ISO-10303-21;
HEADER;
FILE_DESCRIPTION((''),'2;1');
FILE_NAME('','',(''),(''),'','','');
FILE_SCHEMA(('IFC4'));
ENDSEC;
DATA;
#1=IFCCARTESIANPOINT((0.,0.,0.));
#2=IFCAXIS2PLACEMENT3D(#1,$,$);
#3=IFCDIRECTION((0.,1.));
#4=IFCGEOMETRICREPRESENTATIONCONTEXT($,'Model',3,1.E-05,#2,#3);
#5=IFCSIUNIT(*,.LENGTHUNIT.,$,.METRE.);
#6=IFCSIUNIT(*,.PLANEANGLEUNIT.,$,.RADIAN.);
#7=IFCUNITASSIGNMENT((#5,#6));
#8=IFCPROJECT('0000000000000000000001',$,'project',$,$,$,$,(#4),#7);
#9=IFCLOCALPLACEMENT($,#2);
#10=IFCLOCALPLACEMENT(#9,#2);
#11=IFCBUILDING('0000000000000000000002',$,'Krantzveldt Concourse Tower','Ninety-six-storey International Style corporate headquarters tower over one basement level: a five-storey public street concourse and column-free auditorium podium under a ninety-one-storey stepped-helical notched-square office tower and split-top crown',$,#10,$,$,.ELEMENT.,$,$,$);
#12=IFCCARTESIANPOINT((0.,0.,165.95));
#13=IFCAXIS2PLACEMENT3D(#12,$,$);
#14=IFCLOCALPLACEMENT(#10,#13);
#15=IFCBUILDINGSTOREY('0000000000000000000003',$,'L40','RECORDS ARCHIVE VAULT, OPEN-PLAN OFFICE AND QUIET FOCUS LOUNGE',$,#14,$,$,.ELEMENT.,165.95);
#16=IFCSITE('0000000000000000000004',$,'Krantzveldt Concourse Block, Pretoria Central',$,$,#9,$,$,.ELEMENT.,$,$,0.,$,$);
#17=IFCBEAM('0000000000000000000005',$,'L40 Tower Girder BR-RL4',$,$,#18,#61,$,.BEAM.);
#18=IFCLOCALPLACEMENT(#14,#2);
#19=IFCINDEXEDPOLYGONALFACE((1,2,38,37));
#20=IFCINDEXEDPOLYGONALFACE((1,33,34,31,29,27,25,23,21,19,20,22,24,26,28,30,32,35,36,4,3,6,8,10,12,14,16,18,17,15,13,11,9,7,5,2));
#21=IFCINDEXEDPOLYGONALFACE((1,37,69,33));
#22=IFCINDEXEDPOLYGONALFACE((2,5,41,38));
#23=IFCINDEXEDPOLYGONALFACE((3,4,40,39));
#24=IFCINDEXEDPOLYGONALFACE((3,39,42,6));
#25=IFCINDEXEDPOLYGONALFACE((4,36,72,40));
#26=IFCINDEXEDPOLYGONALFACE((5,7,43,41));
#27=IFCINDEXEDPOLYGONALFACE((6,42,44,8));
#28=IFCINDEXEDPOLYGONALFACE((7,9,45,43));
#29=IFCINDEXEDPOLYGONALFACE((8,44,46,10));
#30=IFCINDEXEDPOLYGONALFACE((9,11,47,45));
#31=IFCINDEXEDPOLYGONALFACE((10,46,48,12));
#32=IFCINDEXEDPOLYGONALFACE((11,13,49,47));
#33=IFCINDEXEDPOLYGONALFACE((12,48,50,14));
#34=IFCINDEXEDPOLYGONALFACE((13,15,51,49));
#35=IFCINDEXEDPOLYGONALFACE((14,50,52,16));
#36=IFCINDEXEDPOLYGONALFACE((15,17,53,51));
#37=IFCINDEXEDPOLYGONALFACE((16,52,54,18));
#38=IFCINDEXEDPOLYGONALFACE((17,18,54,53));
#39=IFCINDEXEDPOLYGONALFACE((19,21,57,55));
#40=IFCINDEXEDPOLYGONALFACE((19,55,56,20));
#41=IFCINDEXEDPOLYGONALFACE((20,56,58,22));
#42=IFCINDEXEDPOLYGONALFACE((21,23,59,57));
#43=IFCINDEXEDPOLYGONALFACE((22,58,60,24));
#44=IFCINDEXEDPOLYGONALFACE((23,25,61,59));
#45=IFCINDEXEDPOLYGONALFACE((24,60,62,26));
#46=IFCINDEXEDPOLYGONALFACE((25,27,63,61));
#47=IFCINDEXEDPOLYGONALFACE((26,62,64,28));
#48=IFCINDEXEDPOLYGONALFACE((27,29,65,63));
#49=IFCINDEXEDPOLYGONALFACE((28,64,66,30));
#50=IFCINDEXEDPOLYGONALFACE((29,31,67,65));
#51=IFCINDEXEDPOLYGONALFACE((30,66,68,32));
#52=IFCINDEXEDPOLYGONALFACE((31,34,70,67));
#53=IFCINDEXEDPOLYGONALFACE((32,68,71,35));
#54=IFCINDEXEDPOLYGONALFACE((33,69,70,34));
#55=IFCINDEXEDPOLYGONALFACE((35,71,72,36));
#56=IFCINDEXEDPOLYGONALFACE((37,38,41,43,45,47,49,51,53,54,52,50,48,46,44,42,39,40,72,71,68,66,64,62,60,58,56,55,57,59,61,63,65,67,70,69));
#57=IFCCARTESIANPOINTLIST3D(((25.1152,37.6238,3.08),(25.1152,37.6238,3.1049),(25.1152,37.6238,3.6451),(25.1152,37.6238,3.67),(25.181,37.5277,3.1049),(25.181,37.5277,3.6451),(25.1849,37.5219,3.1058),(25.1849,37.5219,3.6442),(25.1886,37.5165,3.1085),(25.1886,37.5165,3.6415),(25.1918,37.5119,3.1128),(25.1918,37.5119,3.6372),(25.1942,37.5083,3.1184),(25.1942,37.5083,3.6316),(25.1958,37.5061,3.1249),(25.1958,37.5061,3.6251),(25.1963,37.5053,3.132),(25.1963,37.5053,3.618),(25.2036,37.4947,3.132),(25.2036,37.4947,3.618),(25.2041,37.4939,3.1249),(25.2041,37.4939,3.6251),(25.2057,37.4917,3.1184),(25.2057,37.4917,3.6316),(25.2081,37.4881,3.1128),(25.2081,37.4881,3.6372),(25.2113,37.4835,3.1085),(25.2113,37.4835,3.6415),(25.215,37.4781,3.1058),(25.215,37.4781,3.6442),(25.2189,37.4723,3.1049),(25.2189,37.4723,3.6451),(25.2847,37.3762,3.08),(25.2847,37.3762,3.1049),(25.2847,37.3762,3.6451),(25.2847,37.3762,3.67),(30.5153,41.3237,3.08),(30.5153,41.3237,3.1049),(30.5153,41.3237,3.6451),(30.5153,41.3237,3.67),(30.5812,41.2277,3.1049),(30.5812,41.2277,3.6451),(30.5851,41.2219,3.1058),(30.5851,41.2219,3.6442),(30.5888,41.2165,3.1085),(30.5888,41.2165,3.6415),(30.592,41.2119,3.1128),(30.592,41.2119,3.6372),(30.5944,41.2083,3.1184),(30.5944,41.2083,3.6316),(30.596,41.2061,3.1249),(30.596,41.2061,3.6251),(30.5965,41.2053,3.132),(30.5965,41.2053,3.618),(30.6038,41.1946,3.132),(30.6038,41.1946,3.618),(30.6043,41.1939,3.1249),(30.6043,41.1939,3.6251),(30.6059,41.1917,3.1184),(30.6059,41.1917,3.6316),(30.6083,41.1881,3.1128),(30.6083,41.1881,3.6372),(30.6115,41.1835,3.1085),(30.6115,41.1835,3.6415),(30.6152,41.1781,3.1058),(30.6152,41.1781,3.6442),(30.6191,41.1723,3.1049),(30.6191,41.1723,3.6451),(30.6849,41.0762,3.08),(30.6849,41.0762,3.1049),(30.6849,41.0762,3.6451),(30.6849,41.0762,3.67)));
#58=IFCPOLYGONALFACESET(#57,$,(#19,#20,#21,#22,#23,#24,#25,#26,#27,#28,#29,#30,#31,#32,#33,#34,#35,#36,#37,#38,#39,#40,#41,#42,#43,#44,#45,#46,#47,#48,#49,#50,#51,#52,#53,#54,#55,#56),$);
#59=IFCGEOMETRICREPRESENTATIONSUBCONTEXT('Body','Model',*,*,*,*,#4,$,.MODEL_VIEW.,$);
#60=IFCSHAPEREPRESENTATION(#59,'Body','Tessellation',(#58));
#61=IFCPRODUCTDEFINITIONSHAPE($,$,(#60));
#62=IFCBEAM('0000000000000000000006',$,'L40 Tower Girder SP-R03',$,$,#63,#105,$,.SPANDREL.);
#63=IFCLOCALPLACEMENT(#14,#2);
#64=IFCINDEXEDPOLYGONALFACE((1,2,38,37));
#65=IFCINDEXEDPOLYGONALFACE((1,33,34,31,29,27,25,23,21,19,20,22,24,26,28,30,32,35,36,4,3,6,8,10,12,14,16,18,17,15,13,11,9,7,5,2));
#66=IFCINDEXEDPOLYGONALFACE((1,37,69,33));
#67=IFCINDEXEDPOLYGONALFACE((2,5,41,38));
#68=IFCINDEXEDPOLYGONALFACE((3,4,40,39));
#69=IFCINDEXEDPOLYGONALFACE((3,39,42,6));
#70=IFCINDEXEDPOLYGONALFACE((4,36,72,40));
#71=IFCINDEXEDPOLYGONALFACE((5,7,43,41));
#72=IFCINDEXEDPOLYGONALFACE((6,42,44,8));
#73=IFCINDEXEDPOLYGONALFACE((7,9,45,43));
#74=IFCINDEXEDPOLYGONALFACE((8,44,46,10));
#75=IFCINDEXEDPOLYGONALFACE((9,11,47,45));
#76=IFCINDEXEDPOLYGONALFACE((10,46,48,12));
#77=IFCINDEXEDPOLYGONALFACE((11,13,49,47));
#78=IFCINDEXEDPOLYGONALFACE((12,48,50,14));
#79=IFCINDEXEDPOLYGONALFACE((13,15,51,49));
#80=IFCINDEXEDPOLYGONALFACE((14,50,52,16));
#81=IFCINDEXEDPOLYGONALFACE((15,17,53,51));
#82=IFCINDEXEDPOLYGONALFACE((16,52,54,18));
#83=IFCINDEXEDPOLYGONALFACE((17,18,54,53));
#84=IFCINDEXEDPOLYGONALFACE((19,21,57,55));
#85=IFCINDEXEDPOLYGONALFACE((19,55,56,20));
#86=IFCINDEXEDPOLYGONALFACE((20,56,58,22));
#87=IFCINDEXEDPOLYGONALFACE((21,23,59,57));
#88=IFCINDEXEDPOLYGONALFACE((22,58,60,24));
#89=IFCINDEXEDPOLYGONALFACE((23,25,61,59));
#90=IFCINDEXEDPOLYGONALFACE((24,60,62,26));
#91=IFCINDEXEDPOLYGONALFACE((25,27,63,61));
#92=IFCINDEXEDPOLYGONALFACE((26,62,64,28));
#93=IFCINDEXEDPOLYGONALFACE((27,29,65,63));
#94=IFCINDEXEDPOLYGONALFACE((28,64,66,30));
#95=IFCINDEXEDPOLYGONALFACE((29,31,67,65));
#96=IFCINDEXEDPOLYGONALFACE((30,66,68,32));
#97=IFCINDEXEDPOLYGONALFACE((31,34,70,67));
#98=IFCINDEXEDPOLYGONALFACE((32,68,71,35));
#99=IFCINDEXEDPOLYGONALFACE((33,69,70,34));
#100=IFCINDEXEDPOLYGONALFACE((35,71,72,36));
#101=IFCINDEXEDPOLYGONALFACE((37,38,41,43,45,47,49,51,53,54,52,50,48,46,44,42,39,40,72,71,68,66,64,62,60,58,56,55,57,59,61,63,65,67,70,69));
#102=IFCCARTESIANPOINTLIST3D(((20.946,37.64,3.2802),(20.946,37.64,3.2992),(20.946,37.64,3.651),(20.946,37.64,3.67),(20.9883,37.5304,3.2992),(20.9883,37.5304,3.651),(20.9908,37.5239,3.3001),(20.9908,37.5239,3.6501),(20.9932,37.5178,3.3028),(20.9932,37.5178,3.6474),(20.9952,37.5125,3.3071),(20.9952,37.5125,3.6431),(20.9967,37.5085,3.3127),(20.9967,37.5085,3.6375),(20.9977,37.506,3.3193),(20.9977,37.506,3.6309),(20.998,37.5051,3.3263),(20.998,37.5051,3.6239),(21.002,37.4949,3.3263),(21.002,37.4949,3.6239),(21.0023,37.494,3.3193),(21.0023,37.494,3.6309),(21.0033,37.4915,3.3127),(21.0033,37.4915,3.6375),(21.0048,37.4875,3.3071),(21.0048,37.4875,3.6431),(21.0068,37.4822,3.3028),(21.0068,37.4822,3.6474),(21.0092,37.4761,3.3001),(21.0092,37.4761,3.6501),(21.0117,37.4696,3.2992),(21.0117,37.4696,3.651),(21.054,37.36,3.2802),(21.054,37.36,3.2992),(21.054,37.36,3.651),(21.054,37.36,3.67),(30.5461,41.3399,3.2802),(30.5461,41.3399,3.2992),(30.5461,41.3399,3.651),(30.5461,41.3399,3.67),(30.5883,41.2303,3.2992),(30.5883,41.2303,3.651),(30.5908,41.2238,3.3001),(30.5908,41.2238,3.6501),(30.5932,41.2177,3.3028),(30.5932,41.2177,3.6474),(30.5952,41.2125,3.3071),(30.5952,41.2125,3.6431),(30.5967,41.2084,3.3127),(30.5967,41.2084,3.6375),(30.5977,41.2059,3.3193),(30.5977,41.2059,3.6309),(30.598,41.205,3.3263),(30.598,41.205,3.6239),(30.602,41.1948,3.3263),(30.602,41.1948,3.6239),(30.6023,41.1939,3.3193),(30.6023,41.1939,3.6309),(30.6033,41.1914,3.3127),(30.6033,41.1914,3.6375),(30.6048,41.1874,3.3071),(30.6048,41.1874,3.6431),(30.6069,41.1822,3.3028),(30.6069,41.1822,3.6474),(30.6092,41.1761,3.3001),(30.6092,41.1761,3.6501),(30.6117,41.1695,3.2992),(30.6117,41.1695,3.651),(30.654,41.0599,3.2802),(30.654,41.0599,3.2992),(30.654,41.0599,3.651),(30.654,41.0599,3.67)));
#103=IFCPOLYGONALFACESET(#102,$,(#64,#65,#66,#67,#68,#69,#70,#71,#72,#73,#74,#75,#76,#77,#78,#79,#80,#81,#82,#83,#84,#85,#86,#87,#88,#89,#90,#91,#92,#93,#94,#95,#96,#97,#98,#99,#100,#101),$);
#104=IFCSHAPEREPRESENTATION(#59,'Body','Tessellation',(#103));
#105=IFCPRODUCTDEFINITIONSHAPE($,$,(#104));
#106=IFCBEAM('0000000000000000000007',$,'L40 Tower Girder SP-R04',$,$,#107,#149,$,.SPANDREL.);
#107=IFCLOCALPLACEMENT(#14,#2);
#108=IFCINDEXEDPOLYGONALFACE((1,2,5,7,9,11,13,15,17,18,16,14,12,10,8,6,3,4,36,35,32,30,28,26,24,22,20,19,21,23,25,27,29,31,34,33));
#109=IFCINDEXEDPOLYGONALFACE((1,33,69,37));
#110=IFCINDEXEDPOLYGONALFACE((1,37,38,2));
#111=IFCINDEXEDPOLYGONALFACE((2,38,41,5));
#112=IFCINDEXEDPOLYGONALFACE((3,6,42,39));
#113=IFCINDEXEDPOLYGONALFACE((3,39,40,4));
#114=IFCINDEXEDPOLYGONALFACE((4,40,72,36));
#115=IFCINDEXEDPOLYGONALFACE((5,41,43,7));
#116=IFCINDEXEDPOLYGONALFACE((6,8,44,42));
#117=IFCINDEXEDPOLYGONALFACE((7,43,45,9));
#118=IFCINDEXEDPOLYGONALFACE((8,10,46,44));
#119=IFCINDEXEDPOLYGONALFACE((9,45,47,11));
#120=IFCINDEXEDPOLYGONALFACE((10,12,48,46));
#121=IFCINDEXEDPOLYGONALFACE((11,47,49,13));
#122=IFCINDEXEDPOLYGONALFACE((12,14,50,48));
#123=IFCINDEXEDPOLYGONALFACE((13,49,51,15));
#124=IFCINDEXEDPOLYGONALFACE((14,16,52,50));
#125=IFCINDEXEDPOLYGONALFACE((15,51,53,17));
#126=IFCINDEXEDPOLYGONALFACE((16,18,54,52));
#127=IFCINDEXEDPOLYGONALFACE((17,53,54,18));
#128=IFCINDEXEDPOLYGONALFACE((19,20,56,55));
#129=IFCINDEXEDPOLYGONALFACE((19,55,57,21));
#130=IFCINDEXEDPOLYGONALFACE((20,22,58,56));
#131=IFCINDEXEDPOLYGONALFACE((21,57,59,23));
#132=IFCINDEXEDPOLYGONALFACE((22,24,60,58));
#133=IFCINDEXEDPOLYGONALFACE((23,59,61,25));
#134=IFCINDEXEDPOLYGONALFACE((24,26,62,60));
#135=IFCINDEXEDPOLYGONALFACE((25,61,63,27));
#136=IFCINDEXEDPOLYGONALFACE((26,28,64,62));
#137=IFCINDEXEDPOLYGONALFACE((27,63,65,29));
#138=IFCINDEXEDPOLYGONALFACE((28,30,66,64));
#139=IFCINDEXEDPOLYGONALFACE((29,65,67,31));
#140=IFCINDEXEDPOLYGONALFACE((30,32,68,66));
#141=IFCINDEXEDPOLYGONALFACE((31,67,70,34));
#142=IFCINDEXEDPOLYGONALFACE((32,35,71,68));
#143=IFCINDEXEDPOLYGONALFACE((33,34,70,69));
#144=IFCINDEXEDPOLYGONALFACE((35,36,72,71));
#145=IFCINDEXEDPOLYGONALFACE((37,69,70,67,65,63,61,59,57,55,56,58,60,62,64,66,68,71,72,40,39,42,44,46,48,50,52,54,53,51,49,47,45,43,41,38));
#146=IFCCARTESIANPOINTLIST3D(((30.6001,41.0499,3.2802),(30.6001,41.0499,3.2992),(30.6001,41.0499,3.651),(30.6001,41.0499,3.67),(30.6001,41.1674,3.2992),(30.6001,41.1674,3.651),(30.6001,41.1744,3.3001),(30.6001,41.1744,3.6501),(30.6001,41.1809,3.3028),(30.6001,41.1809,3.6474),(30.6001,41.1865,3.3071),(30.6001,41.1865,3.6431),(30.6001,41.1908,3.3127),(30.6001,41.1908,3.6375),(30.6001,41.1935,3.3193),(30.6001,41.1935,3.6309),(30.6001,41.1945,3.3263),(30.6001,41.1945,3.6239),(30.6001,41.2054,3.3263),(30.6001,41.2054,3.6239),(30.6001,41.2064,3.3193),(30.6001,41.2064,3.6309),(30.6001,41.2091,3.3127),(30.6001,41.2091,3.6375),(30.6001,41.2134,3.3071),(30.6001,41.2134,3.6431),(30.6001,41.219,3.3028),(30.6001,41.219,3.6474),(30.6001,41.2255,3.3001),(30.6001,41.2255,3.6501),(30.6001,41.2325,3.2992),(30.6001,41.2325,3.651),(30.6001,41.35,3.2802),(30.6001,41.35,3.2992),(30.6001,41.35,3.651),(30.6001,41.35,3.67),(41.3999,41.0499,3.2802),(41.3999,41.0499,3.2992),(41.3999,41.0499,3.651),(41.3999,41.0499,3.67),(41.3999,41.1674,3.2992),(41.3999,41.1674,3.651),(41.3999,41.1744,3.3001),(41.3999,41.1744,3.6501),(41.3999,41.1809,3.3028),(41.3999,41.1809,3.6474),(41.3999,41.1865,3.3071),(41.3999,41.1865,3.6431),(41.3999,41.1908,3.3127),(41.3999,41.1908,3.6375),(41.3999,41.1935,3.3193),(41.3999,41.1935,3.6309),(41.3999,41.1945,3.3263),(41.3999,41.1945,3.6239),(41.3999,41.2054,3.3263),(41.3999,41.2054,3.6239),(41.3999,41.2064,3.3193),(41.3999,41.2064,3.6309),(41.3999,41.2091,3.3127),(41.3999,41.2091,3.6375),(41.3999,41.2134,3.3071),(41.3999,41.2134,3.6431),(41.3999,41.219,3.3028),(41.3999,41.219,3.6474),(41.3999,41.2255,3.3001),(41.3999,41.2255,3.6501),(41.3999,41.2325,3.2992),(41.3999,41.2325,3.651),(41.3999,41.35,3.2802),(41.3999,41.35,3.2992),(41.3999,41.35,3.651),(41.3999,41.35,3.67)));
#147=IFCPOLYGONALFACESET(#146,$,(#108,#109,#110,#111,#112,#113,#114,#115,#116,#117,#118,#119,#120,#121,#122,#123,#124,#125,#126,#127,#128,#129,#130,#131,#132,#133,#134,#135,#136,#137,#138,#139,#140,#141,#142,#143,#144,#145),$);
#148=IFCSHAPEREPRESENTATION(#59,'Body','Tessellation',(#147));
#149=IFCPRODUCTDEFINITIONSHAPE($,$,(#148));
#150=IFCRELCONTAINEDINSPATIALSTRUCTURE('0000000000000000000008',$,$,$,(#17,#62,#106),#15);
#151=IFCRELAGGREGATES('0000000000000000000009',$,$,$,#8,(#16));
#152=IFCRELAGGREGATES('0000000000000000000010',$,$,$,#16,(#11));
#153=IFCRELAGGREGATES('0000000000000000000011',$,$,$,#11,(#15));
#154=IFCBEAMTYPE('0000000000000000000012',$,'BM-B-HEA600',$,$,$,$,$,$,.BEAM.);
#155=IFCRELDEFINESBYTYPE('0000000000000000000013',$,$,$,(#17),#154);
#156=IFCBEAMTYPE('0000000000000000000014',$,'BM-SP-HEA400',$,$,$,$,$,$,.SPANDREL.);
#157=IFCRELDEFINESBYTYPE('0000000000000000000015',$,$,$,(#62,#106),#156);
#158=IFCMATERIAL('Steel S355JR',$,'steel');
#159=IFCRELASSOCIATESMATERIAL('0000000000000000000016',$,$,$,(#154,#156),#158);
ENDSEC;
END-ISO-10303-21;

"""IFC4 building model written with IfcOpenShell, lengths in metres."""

from ifc_helpers import new_model, si_unit, direction, frame, origin, origin_2d, place, context, subcontext, project, spatial, i_section, extrude, source, transform, mapped, material, material_profile, profile_set, type_object, type_shapes, element, save


model = new_model("IFC4")

# Units and contexts
model_context = context("Model", 3, precision=1e-05, world=origin(), true_north=direction((0.0, 1.0)))
body_context = subcontext(model_context, "Body", "Model", "MODEL_VIEW")
ifc_project = project(units=[si_unit("LENGTHUNIT", "METRE"), si_unit("PLANEANGLEUNIT", "RADIAN")], contexts=[model_context])

# Site, building, storey
site_placement = place(None, origin())
site = spatial("IfcSite", under=ifc_project, at=site_placement, Name="Krantzveldt Concourse Block, Pretoria Central", CompositionType="ELEMENT", RefElevation=0.0)
building_placement = place(site_placement, origin())
building = spatial("IfcBuilding", under=site, at=building_placement, Name="Krantzveldt Concourse Tower", Description="Ninety-six-storey International Style corporate headquarters tower over one basement level: a five-storey public street concourse and column-free auditorium podium under a ninety-one-storey stepped-helical notched-square office tower and split-top crown", CompositionType="ELEMENT")
storey_placement = place(building_placement, frame((0.0, 0.0, 165.95)))
storey = spatial("IfcBuildingStorey", under=building, at=storey_placement, Name="L40", Description="RECORDS ARCHIVE VAULT, OPEN-PLAN OFFICE AND QUIET FOCUS LOUNGE", CompositionType="ELEMENT", Elevation=165.95)

# Beams
ifc_material_1 = material(Name="Steel S355JR", Category="steel")
ifc_material_profile_1 = material_profile(ifc_material_1, i_section(OverallWidth=0.3, OverallDepth=0.5901, WebThickness=0.0129, FlangeThickness=0.0249, FilletRadius=0.0271, at=origin_2d()), Name="Steel S355JR", Category="steel")
ifc_profile_set_1 = profile_set([ifc_material_profile_1], Name="Steel S355JR - HEA 600")
beam_type_1 = type_object("IfcBeamType", Name="BM-B-HEA600", PredefinedType="BEAM", material=ifc_profile_set_1)
shared_shape_1 = source(origin(), body_context, "Body", "SweptSolid", [
    extrude(i_section(OverallWidth=0.3, OverallDepth=0.5901, WebThickness=0.0129, FlangeThickness=0.0249, FilletRadius=0.0271, at=origin_2d()), origin(), (0.0, 0.0, 1.0), 6.5461),
])
beam_1_placement = place(storey_placement, frame((25.2, 37.5, 3.375), z_axis=(0.824943, 0.565216, 0.0), x_axis=(-0.565216, 0.824943, 0.0)))
element("IfcBeam", 1, at=beam_1_placement, inside=storey, type_object=beam_type_1, Name="L40 Tower Girder BR-RL4", PredefinedType="BEAM", context=body_context, shape_type="MappedRepresentation", body=[
    mapped(shared_shape_1, transform((0.0, 0.0, 0.0), x_axis=(1.0, 0.0, 0.0), y_axis=(0.0, 1.0, 0.0), z_axis=(0.0, 0.0, 1.0), scale=1.0)),
])
ifc_material_profile_2 = material_profile(ifc_material_1, i_section(OverallWidth=0.3, OverallDepth=0.3899, WebThickness=0.011, FlangeThickness=0.019, FilletRadius=0.0271, at=origin_2d()), Name="Steel S355JR", Category="steel")
ifc_profile_set_2 = profile_set([ifc_material_profile_2], Name="Steel S355JR - HEA 400")
beam_type_2 = type_object("IfcBeamType", Name="BM-SP-HEA400", PredefinedType="SPANDREL", material=ifc_profile_set_2)
shared_shape_2 = source(origin(), body_context, "Body", "SweptSolid", [
    extrude(i_section(OverallWidth=0.3, OverallDepth=0.3899, WebThickness=0.011, FlangeThickness=0.019, FilletRadius=0.0271, at=origin_2d()), origin(), (0.0, 0.0, 1.0), 10.2883),
])
beam_2_placement = place(storey_placement, frame((21.0, 37.5, 3.4751), z_axis=(0.933098, 0.359623, 0.0), x_axis=(-0.359623, 0.933098, 0.0)))
element("IfcBeam", 2, at=beam_2_placement, inside=storey, type_object=beam_type_2, Name="L40 Tower Girder SP-R03", PredefinedType="SPANDREL", context=body_context, shape_type="MappedRepresentation", body=[
    mapped(shared_shape_2, transform((0.0, 0.0, 0.0), x_axis=(1.0, 0.0, 0.0), y_axis=(0.0, 1.0, 0.0), z_axis=(0.0, 0.0, 1.0), scale=1.0)),
])
shared_shape_3 = source(origin(), body_context, "Body", "SweptSolid", [
    extrude(i_section(OverallWidth=0.3, OverallDepth=0.3899, WebThickness=0.011, FlangeThickness=0.019, FilletRadius=0.0271, at=origin_2d()), origin(), (0.0, 0.0, 1.0), 10.7998),
])
type_shapes(beam_type_2, [shared_shape_2, shared_shape_3])
beam_3_placement = place(storey_placement, frame((30.6001, 41.2, 3.4751), z_axis=(1.0, 0.0, 0.0), x_axis=(0.0, 1.0, 0.0)))
element("IfcBeam", 3, at=beam_3_placement, inside=storey, type_object=beam_type_2, Name="L40 Tower Girder SP-R04", PredefinedType="SPANDREL", context=body_context, shape_type="MappedRepresentation", body=[
    mapped(shared_shape_3, transform((0.0, 0.0, 0.0), x_axis=(1.0, 0.0, 0.0), y_axis=(0.0, 1.0, 0.0), z_axis=(0.0, 0.0, 1.0), scale=1.0)),
])

save(model, "model.ifc")
